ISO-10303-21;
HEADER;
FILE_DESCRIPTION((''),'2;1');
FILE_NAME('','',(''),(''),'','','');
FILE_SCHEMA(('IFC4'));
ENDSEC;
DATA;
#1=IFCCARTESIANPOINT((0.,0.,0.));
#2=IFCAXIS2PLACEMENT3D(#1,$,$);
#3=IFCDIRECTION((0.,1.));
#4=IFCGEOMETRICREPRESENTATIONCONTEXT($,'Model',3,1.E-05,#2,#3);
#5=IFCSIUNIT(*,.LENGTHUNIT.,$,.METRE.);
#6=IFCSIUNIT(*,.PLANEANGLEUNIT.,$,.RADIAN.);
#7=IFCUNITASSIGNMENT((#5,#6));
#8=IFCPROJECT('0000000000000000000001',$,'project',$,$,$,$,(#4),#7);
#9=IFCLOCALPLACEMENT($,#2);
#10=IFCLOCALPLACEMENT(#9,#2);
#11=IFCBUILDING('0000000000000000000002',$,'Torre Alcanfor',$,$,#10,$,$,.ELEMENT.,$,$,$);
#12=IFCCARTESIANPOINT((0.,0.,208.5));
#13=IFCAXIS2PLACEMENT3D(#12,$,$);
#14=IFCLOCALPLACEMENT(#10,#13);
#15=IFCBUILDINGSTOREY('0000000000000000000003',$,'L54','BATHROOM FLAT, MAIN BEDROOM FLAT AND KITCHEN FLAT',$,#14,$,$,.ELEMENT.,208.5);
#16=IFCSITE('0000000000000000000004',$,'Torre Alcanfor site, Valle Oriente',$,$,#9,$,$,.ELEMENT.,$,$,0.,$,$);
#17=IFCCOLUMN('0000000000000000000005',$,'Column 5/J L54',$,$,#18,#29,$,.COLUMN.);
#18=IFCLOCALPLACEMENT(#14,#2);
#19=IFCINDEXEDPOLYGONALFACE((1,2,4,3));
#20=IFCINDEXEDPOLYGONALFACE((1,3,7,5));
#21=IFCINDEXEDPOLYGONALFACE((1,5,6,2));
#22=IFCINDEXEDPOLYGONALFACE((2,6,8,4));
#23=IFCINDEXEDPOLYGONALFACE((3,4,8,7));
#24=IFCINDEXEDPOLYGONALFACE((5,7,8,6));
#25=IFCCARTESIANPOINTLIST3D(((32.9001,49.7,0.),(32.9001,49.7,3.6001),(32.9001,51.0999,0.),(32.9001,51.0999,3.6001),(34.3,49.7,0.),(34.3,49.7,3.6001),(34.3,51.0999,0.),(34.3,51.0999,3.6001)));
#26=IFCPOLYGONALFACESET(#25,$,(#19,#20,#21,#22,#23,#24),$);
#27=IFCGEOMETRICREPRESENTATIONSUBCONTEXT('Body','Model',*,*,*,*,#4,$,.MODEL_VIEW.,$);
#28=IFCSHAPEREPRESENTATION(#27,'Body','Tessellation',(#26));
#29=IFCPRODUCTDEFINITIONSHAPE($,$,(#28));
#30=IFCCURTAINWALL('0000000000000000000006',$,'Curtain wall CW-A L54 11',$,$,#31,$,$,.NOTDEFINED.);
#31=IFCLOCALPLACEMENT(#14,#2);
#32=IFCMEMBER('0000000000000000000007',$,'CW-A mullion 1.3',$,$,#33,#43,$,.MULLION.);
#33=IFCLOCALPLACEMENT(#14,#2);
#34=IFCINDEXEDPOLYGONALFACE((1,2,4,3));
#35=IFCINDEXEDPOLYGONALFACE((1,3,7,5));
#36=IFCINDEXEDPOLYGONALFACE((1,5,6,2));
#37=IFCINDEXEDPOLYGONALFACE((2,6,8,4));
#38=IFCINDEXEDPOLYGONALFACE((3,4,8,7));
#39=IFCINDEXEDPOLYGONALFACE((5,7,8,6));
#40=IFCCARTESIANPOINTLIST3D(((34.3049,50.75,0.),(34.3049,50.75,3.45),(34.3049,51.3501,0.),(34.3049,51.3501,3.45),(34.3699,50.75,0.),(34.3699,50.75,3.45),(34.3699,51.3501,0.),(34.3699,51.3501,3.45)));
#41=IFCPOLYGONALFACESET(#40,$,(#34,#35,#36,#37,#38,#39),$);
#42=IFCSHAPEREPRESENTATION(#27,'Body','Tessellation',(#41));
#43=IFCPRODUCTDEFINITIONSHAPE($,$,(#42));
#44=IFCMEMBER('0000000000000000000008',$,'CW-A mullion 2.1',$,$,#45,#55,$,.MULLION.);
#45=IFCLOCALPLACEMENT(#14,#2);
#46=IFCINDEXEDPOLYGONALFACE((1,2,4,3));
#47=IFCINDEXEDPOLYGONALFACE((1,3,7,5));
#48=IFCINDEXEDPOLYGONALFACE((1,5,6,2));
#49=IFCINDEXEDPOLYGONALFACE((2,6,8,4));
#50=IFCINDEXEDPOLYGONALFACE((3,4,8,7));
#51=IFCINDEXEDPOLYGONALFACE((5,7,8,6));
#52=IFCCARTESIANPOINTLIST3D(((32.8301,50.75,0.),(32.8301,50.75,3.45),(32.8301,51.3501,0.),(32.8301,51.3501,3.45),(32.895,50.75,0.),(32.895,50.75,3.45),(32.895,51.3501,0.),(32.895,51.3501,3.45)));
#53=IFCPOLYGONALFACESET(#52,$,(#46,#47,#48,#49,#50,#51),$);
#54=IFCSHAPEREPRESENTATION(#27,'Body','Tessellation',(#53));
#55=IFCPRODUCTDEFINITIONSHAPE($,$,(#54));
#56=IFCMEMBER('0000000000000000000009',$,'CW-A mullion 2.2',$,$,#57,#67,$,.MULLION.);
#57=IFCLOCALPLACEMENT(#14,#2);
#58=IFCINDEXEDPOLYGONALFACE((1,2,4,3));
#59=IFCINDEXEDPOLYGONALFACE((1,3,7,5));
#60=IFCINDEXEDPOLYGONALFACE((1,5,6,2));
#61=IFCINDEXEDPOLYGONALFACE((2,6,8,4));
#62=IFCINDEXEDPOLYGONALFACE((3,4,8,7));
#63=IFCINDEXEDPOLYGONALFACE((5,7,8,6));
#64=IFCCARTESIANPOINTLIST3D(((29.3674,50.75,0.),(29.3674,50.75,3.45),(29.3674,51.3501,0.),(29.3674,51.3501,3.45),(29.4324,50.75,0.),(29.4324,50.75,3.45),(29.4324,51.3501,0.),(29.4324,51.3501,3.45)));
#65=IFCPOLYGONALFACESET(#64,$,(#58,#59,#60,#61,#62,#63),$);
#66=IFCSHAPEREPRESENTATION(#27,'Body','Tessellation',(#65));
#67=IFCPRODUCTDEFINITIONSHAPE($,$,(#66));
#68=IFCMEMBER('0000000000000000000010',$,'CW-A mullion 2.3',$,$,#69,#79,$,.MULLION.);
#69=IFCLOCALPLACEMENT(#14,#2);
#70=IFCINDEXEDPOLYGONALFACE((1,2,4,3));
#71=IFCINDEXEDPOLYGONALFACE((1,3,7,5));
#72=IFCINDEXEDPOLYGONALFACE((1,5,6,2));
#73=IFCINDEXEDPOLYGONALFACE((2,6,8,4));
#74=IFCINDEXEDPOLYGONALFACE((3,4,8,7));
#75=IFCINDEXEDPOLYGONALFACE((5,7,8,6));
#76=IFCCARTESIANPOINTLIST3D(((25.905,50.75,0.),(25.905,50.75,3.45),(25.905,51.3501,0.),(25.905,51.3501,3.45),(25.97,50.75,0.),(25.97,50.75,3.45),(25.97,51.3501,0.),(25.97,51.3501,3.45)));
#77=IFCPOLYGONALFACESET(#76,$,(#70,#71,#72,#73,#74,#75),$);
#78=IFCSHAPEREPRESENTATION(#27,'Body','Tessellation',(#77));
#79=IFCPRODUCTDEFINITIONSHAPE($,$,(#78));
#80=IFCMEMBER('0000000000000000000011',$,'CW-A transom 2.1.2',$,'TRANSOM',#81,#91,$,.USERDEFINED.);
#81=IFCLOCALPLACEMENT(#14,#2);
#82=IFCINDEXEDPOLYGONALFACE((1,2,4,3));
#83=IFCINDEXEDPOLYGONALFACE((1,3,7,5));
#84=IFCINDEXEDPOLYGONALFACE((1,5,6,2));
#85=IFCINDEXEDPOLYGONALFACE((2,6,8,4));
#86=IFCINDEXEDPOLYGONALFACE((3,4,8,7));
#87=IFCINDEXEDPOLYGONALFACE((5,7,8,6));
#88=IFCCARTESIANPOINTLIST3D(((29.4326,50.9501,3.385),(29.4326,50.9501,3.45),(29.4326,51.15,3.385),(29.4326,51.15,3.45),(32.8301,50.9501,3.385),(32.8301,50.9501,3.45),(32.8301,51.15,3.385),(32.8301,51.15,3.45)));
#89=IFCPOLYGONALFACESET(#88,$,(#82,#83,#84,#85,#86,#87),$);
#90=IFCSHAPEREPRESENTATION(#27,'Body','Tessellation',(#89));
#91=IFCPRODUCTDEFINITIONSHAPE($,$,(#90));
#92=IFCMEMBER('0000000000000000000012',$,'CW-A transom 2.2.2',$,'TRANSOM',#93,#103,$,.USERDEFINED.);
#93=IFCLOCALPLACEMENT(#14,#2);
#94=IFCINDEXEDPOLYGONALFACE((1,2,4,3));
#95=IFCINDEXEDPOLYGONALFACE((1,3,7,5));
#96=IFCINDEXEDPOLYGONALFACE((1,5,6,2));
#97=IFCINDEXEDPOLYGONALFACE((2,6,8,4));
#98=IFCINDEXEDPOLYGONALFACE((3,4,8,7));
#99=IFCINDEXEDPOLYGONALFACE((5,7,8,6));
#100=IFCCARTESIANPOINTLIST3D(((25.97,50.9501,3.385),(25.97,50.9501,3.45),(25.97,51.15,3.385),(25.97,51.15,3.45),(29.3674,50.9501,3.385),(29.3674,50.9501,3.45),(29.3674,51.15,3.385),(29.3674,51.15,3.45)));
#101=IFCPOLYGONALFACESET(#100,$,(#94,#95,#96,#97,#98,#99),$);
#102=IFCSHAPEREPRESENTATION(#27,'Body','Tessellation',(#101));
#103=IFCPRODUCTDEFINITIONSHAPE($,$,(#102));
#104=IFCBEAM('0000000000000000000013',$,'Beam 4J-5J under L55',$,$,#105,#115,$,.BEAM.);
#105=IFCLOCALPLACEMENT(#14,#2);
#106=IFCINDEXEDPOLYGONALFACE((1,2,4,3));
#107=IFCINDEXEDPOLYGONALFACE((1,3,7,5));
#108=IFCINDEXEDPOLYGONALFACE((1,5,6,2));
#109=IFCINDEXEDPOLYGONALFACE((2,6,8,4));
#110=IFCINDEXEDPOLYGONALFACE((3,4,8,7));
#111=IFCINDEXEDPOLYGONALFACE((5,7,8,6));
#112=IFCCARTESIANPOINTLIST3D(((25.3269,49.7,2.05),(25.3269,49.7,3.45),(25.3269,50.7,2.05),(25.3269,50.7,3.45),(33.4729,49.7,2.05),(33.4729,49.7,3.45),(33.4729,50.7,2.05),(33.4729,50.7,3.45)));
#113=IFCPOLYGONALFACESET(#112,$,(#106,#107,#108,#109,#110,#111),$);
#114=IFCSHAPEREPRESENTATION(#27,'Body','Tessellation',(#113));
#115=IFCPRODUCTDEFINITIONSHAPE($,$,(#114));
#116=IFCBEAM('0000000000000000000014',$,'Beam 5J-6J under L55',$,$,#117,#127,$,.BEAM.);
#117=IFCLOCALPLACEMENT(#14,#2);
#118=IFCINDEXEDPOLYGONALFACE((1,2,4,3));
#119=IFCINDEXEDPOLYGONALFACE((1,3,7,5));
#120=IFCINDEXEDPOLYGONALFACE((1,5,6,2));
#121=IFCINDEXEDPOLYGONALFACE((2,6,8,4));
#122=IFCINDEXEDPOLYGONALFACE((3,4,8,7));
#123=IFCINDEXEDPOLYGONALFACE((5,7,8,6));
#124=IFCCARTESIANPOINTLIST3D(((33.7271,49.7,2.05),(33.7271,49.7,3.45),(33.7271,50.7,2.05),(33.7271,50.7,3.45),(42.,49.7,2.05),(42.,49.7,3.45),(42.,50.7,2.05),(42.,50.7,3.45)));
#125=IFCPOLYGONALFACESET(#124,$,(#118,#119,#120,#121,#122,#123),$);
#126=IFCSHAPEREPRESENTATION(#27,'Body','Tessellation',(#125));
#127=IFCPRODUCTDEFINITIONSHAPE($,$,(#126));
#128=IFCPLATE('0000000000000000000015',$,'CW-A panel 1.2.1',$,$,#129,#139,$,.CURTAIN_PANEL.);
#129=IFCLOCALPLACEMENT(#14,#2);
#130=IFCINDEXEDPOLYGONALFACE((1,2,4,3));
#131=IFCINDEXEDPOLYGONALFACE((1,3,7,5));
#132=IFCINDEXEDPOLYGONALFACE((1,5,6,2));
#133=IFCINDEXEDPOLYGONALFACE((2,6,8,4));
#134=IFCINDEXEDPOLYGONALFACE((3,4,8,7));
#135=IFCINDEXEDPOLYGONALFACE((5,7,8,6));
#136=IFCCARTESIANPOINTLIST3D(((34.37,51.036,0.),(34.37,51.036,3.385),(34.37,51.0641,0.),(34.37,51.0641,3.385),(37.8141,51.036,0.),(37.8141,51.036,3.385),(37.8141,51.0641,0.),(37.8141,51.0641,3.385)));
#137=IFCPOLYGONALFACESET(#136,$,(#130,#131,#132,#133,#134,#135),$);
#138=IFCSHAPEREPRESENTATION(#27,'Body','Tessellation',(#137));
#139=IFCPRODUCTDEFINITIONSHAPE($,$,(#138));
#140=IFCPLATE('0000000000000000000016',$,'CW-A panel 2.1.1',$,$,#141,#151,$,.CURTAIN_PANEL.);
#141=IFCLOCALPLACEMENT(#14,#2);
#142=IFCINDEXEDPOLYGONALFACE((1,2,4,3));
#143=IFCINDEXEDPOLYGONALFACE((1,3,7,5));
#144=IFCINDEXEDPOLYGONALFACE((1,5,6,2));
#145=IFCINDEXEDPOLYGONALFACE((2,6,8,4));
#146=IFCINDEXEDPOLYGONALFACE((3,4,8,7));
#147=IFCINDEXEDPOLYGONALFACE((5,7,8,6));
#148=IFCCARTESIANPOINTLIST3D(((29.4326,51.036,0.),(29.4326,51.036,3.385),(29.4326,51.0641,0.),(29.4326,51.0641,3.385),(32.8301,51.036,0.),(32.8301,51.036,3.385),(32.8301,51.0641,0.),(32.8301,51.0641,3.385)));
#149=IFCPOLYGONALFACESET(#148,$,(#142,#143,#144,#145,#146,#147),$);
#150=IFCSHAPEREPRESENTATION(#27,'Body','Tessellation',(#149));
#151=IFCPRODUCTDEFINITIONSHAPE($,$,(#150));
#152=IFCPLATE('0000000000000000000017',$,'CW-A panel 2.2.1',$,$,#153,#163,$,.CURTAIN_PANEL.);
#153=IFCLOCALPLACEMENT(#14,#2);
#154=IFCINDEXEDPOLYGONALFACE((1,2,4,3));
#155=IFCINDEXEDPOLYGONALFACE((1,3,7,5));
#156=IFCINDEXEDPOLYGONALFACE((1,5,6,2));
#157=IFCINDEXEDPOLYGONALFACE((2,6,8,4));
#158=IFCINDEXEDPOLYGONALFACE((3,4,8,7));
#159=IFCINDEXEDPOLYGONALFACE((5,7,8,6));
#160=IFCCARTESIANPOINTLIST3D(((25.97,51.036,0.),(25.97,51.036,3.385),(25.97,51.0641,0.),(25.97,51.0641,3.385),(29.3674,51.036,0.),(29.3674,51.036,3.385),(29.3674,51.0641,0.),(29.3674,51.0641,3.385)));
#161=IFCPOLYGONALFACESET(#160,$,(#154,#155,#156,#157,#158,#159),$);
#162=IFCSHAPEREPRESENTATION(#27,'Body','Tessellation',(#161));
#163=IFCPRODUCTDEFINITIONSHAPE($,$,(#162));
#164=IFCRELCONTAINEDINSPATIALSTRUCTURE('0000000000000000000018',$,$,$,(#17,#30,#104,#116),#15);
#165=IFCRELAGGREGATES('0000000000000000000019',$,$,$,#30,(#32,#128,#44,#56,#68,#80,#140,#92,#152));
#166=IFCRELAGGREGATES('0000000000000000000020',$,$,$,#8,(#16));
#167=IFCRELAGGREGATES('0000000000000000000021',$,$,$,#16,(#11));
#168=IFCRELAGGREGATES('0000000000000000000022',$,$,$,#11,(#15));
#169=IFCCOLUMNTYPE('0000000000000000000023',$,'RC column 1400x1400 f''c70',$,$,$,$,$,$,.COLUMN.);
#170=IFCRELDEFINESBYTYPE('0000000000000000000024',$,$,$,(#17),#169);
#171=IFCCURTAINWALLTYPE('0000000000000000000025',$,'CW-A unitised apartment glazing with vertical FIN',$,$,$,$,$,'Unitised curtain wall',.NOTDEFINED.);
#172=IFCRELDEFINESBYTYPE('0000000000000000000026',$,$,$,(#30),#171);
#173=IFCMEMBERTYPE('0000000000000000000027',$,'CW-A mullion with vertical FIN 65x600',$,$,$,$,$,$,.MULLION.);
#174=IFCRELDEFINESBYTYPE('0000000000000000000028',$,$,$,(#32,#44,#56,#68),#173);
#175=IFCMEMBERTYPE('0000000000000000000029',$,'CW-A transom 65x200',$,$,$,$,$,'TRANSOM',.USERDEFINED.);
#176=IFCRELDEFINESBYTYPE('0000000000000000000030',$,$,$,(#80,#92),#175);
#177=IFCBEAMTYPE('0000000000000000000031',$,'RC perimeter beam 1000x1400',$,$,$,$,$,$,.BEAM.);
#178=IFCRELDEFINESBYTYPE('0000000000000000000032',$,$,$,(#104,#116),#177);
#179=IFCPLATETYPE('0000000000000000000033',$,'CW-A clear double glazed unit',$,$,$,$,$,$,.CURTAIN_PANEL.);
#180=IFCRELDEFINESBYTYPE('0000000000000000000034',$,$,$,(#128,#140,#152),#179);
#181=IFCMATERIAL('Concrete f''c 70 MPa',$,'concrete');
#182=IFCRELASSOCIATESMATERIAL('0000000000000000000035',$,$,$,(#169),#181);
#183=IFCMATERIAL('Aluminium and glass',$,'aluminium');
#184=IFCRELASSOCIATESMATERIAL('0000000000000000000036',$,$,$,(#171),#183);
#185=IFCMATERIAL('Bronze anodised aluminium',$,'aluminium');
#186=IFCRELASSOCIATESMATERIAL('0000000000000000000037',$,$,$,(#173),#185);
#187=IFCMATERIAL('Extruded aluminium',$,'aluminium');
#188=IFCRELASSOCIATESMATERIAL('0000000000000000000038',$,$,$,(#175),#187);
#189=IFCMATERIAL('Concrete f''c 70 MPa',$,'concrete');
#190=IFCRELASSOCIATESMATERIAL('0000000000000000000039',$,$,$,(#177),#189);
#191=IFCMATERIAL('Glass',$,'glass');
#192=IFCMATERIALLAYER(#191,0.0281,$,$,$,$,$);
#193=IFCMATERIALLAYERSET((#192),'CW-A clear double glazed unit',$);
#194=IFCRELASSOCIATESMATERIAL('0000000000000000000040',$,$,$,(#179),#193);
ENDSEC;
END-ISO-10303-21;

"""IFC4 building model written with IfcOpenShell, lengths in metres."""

from ifc_helpers import new_model, si_unit, direction, frame, origin, origin_2d, place, context, subcontext, project, spatial, rectangle, extrude, material, layer, layer_set, material_profile, profile_set, type_object, element, aggregate, save


model = new_model("IFC4")

# Units and contexts
model_context = context("Model", 3, precision=1e-05, world=origin(), true_north=direction((0.0, 1.0)))
body_context = subcontext(model_context, "Body", "Model", "MODEL_VIEW")
ifc_project = project(units=[si_unit("LENGTHUNIT", "METRE"), si_unit("PLANEANGLEUNIT", "RADIAN")], contexts=[model_context])

# Site, building, storey
site_placement = place(None, origin())
site = spatial("IfcSite", under=ifc_project, at=site_placement, Name="Torre Alcanfor site, Valle Oriente", CompositionType="ELEMENT", RefElevation=0.0)
building_placement = place(site_placement, origin())
building = spatial("IfcBuilding", under=site, at=building_placement, Name="Torre Alcanfor", CompositionType="ELEMENT")
storey_placement = place(building_placement, frame((0.0, 0.0, 208.5)))
storey = spatial("IfcBuildingStorey", under=building, at=storey_placement, Name="L54", Description="BATHROOM FLAT, MAIN BEDROOM FLAT AND KITCHEN FLAT", CompositionType="ELEMENT", Elevation=208.5)

# Column
ifc_material_1 = material(Name="Concrete f'c 70 MPa", Category="concrete")
ifc_material_profile_1 = material_profile(ifc_material_1, rectangle(XDim=1.3999, YDim=1.3999, at=origin_2d()), Name="1400x1400")
ifc_profile_set_1 = profile_set([ifc_material_profile_1], Name="Concrete f'c 70 MPa")
column_type = type_object("IfcColumnType", Name="RC column 1400x1400 f'c70", PredefinedType="COLUMN", material=ifc_profile_set_1)
column_placement = place(storey_placement, frame((33.6001, 50.3999, 0.0), z_axis=(0.0, 0.0, 1.0), x_axis=(1.0, 0.0, 0.0)))
element("IfcColumn", 1, at=column_placement, inside=storey, type_object=column_type, Name="Column 5/J L54", PredefinedType="COLUMN", context=body_context, shape_type="SweptSolid", body=[
    extrude(rectangle(XDim=1.3999, YDim=1.3999, at=origin_2d()), origin(), (0.0, 0.0, 1.0), 3.6001),
])

# Curtain wall, members
ifc_material_2 = material(Name="Aluminium and glass", Category="aluminium")
curtain_wall_type = type_object("IfcCurtainWallType", Name="CW-A unitised apartment glazing with vertical FIN", ElementType="Unitised curtain wall", PredefinedType="NOTDEFINED", material=ifc_material_2)
curtain_wall_placement = place(storey_placement, origin())
curtain_wall = element("IfcCurtainWall", 2, at=curtain_wall_placement, inside=storey, type_object=curtain_wall_type, Name="Curtain wall CW-A L54 11", PredefinedType="NOTDEFINED")
ifc_material_3 = material(Name="Bronze anodised aluminium", Category="aluminium")
ifc_material_profile_2 = material_profile(ifc_material_3, rectangle(XDim=0.6001, YDim=0.0649, at=origin_2d()), Name="CW-A mullion 65x600")
ifc_profile_set_2 = profile_set([ifc_material_profile_2], Name="Bronze anodised aluminium")
member_type_1 = type_object("IfcMemberType", Name="CW-A mullion with vertical FIN 65x600", PredefinedType="MULLION", material=ifc_profile_set_2)
member_1_placement = place(storey_placement, frame((34.3374, 51.05, 0.0), z_axis=(0.0, 0.0, 1.0), x_axis=(0.0, -1.0, 0.0)))
member_1 = element("IfcMember", 3, at=member_1_placement, type_object=member_type_1, Name="CW-A mullion 1.3", PredefinedType="MULLION", context=body_context, shape_type="SweptSolid", body=[
    extrude(rectangle(XDim=0.6001, YDim=0.0649, at=origin_2d()), origin(), (0.0, 0.0, 1.0), 3.45),
])
member_2_placement = place(storey_placement, frame((32.8625, 51.05, 0.0), z_axis=(0.0, 0.0, 1.0), x_axis=(0.0, -1.0, 0.0)))
member_2 = element("IfcMember", 4, at=member_2_placement, type_object=member_type_1, Name="CW-A mullion 2.1", PredefinedType="MULLION", context=body_context, shape_type="SweptSolid", body=[
    extrude(rectangle(XDim=0.6001, YDim=0.0649, at=origin_2d()), origin(), (0.0, 0.0, 1.0), 3.45),
])
member_3_placement = place(storey_placement, frame((29.3999, 51.05, 0.0), z_axis=(0.0, 0.0, 1.0), x_axis=(0.0, -1.0, 0.0)))
member_3 = element("IfcMember", 5, at=member_3_placement, type_object=member_type_1, Name="CW-A mullion 2.2", PredefinedType="MULLION", context=body_context, shape_type="SweptSolid", body=[
    extrude(rectangle(XDim=0.6001, YDim=0.0649, at=origin_2d()), origin(), (0.0, 0.0, 1.0), 3.45),
])
member_4_placement = place(storey_placement, frame((25.9375, 51.05, 0.0), z_axis=(0.0, 0.0, 1.0), x_axis=(0.0, -1.0, 0.0)))
member_4 = element("IfcMember", 6, at=member_4_placement, type_object=member_type_1, Name="CW-A mullion 2.3", PredefinedType="MULLION", context=body_context, shape_type="SweptSolid", body=[
    extrude(rectangle(XDim=0.6001, YDim=0.0649, at=origin_2d()), origin(), (0.0, 0.0, 1.0), 3.45),
])
ifc_material_4 = material(Name="Extruded aluminium", Category="aluminium")
ifc_material_profile_3 = material_profile(ifc_material_4, rectangle(XDim=0.2, YDim=0.0649, at=origin_2d()), Name="CW-A transom 200x65")
ifc_profile_set_3 = profile_set([ifc_material_profile_3], Name="Extruded aluminium")
member_type_2 = type_object("IfcMemberType", Name="CW-A transom 65x200", ElementType="TRANSOM", PredefinedType="USERDEFINED", material=ifc_profile_set_3)
member_5_placement = place(storey_placement, frame((32.8301, 51.05, 3.4175), z_axis=(-1.0, 0.0, 0.0), x_axis=(0.0, -1.0, 0.0)))
member_5 = element("IfcMember", 7, at=member_5_placement, type_object=member_type_2, Name="CW-A transom 2.1.2", ObjectType="TRANSOM", PredefinedType="USERDEFINED", context=body_context, shape_type="SweptSolid", body=[
    extrude(rectangle(XDim=0.2, YDim=0.0649, at=origin_2d()), origin(), (0.0, 0.0, 1.0), 3.3975),
])
member_6_placement = place(storey_placement, frame((29.3674, 51.05, 3.4175), z_axis=(-1.0, 0.0, 0.0), x_axis=(0.0, -1.0, 0.0)))
member_6 = element("IfcMember", 8, at=member_6_placement, type_object=member_type_2, Name="CW-A transom 2.2.2", ObjectType="TRANSOM", PredefinedType="USERDEFINED", context=body_context, shape_type="SweptSolid", body=[
    extrude(rectangle(XDim=0.2, YDim=0.0649, at=origin_2d()), origin(), (0.0, 0.0, 1.0), 3.3975),
])

# Beams
ifc_material_5 = material(Name="Concrete f'c 70 MPa", Category="concrete")
ifc_material_profile_4 = material_profile(ifc_material_5, rectangle(XDim=1.0, YDim=1.3999, at=origin_2d()), Name="1000x1400")
ifc_profile_set_4 = profile_set([ifc_material_profile_4], Name="Concrete f'c 70 MPa")
beam_type = type_object("IfcBeamType", Name="RC perimeter beam 1000x1400", PredefinedType="BEAM", material=ifc_profile_set_4)
beam_1_placement = place(storey_placement, frame((25.3269, 50.2, 2.75), z_axis=(1.0, 0.0, 0.0), x_axis=(0.0, 1.0, 0.0)))
element("IfcBeam", 9, at=beam_1_placement, inside=storey, type_object=beam_type, Name="Beam 4J-5J under L55", PredefinedType="BEAM", context=body_context, shape_type="SweptSolid", body=[
    extrude(rectangle(XDim=1.0, YDim=1.3999, at=origin_2d()), origin(), (0.0, 0.0, 1.0), 8.146),
])
beam_2_placement = place(storey_placement, frame((33.7271, 50.2, 2.75), z_axis=(1.0, 0.0, 0.0), x_axis=(0.0, 1.0, 0.0)))
element("IfcBeam", 10, at=beam_2_placement, inside=storey, type_object=beam_type, Name="Beam 5J-6J under L55", PredefinedType="BEAM", context=body_context, shape_type="SweptSolid", body=[
    extrude(rectangle(XDim=1.0, YDim=1.3999, at=origin_2d()), origin(), (0.0, 0.0, 1.0), 8.2729),
])

# Plates
ifc_material_6 = material(Name="Glass", Category="glass")
ifc_layer_1 = layer(ifc_material_6, 0.0281)
ifc_layer_set_1 = layer_set([ifc_layer_1], Name="CW-A clear double glazed unit")
plate_type = type_object("IfcPlateType", Name="CW-A clear double glazed unit", PredefinedType="CURTAIN_PANEL", material=ifc_layer_set_1)
plate_1_placement = place(storey_placement, frame((36.092, 51.05, 0.0), z_axis=(0.0, 0.0, 1.0), x_axis=(-1.0, 0.0, 0.0)))
plate_1 = element("IfcPlate", 11, at=plate_1_placement, type_object=plate_type, Name="CW-A panel 1.2.1", PredefinedType="CURTAIN_PANEL", context=body_context, shape_type="SweptSolid", body=[
    extrude(rectangle(XDim=3.4441, YDim=0.0281, at=origin_2d()), origin(), (0.0, 0.0, 1.0), 3.385),
])
plate_2_placement = place(storey_placement, frame((31.1313, 51.05, 0.0), z_axis=(0.0, 0.0, 1.0), x_axis=(-1.0, 0.0, 0.0)))
plate_2 = element("IfcPlate", 12, at=plate_2_placement, type_object=plate_type, Name="CW-A panel 2.1.1", PredefinedType="CURTAIN_PANEL", context=body_context, shape_type="SweptSolid", body=[
    extrude(rectangle(XDim=3.3975, YDim=0.0281, at=origin_2d()), origin(), (0.0, 0.0, 1.0), 3.385),
])
plate_3_placement = place(storey_placement, frame((27.6687, 51.05, 0.0), z_axis=(0.0, 0.0, 1.0), x_axis=(-1.0, 0.0, 0.0)))
plate_3 = element("IfcPlate", 13, at=plate_3_placement, type_object=plate_type, Name="CW-A panel 2.2.1", PredefinedType="CURTAIN_PANEL", context=body_context, shape_type="SweptSolid", body=[
    extrude(rectangle(XDim=3.3975, YDim=0.0281, at=origin_2d()), origin(), (0.0, 0.0, 1.0), 3.385),
])
aggregate(curtain_wall, [member_1, plate_1, member_2, member_3, member_4, member_5, plate_2, member_6, plate_3])

save(model, "model.ifc")
